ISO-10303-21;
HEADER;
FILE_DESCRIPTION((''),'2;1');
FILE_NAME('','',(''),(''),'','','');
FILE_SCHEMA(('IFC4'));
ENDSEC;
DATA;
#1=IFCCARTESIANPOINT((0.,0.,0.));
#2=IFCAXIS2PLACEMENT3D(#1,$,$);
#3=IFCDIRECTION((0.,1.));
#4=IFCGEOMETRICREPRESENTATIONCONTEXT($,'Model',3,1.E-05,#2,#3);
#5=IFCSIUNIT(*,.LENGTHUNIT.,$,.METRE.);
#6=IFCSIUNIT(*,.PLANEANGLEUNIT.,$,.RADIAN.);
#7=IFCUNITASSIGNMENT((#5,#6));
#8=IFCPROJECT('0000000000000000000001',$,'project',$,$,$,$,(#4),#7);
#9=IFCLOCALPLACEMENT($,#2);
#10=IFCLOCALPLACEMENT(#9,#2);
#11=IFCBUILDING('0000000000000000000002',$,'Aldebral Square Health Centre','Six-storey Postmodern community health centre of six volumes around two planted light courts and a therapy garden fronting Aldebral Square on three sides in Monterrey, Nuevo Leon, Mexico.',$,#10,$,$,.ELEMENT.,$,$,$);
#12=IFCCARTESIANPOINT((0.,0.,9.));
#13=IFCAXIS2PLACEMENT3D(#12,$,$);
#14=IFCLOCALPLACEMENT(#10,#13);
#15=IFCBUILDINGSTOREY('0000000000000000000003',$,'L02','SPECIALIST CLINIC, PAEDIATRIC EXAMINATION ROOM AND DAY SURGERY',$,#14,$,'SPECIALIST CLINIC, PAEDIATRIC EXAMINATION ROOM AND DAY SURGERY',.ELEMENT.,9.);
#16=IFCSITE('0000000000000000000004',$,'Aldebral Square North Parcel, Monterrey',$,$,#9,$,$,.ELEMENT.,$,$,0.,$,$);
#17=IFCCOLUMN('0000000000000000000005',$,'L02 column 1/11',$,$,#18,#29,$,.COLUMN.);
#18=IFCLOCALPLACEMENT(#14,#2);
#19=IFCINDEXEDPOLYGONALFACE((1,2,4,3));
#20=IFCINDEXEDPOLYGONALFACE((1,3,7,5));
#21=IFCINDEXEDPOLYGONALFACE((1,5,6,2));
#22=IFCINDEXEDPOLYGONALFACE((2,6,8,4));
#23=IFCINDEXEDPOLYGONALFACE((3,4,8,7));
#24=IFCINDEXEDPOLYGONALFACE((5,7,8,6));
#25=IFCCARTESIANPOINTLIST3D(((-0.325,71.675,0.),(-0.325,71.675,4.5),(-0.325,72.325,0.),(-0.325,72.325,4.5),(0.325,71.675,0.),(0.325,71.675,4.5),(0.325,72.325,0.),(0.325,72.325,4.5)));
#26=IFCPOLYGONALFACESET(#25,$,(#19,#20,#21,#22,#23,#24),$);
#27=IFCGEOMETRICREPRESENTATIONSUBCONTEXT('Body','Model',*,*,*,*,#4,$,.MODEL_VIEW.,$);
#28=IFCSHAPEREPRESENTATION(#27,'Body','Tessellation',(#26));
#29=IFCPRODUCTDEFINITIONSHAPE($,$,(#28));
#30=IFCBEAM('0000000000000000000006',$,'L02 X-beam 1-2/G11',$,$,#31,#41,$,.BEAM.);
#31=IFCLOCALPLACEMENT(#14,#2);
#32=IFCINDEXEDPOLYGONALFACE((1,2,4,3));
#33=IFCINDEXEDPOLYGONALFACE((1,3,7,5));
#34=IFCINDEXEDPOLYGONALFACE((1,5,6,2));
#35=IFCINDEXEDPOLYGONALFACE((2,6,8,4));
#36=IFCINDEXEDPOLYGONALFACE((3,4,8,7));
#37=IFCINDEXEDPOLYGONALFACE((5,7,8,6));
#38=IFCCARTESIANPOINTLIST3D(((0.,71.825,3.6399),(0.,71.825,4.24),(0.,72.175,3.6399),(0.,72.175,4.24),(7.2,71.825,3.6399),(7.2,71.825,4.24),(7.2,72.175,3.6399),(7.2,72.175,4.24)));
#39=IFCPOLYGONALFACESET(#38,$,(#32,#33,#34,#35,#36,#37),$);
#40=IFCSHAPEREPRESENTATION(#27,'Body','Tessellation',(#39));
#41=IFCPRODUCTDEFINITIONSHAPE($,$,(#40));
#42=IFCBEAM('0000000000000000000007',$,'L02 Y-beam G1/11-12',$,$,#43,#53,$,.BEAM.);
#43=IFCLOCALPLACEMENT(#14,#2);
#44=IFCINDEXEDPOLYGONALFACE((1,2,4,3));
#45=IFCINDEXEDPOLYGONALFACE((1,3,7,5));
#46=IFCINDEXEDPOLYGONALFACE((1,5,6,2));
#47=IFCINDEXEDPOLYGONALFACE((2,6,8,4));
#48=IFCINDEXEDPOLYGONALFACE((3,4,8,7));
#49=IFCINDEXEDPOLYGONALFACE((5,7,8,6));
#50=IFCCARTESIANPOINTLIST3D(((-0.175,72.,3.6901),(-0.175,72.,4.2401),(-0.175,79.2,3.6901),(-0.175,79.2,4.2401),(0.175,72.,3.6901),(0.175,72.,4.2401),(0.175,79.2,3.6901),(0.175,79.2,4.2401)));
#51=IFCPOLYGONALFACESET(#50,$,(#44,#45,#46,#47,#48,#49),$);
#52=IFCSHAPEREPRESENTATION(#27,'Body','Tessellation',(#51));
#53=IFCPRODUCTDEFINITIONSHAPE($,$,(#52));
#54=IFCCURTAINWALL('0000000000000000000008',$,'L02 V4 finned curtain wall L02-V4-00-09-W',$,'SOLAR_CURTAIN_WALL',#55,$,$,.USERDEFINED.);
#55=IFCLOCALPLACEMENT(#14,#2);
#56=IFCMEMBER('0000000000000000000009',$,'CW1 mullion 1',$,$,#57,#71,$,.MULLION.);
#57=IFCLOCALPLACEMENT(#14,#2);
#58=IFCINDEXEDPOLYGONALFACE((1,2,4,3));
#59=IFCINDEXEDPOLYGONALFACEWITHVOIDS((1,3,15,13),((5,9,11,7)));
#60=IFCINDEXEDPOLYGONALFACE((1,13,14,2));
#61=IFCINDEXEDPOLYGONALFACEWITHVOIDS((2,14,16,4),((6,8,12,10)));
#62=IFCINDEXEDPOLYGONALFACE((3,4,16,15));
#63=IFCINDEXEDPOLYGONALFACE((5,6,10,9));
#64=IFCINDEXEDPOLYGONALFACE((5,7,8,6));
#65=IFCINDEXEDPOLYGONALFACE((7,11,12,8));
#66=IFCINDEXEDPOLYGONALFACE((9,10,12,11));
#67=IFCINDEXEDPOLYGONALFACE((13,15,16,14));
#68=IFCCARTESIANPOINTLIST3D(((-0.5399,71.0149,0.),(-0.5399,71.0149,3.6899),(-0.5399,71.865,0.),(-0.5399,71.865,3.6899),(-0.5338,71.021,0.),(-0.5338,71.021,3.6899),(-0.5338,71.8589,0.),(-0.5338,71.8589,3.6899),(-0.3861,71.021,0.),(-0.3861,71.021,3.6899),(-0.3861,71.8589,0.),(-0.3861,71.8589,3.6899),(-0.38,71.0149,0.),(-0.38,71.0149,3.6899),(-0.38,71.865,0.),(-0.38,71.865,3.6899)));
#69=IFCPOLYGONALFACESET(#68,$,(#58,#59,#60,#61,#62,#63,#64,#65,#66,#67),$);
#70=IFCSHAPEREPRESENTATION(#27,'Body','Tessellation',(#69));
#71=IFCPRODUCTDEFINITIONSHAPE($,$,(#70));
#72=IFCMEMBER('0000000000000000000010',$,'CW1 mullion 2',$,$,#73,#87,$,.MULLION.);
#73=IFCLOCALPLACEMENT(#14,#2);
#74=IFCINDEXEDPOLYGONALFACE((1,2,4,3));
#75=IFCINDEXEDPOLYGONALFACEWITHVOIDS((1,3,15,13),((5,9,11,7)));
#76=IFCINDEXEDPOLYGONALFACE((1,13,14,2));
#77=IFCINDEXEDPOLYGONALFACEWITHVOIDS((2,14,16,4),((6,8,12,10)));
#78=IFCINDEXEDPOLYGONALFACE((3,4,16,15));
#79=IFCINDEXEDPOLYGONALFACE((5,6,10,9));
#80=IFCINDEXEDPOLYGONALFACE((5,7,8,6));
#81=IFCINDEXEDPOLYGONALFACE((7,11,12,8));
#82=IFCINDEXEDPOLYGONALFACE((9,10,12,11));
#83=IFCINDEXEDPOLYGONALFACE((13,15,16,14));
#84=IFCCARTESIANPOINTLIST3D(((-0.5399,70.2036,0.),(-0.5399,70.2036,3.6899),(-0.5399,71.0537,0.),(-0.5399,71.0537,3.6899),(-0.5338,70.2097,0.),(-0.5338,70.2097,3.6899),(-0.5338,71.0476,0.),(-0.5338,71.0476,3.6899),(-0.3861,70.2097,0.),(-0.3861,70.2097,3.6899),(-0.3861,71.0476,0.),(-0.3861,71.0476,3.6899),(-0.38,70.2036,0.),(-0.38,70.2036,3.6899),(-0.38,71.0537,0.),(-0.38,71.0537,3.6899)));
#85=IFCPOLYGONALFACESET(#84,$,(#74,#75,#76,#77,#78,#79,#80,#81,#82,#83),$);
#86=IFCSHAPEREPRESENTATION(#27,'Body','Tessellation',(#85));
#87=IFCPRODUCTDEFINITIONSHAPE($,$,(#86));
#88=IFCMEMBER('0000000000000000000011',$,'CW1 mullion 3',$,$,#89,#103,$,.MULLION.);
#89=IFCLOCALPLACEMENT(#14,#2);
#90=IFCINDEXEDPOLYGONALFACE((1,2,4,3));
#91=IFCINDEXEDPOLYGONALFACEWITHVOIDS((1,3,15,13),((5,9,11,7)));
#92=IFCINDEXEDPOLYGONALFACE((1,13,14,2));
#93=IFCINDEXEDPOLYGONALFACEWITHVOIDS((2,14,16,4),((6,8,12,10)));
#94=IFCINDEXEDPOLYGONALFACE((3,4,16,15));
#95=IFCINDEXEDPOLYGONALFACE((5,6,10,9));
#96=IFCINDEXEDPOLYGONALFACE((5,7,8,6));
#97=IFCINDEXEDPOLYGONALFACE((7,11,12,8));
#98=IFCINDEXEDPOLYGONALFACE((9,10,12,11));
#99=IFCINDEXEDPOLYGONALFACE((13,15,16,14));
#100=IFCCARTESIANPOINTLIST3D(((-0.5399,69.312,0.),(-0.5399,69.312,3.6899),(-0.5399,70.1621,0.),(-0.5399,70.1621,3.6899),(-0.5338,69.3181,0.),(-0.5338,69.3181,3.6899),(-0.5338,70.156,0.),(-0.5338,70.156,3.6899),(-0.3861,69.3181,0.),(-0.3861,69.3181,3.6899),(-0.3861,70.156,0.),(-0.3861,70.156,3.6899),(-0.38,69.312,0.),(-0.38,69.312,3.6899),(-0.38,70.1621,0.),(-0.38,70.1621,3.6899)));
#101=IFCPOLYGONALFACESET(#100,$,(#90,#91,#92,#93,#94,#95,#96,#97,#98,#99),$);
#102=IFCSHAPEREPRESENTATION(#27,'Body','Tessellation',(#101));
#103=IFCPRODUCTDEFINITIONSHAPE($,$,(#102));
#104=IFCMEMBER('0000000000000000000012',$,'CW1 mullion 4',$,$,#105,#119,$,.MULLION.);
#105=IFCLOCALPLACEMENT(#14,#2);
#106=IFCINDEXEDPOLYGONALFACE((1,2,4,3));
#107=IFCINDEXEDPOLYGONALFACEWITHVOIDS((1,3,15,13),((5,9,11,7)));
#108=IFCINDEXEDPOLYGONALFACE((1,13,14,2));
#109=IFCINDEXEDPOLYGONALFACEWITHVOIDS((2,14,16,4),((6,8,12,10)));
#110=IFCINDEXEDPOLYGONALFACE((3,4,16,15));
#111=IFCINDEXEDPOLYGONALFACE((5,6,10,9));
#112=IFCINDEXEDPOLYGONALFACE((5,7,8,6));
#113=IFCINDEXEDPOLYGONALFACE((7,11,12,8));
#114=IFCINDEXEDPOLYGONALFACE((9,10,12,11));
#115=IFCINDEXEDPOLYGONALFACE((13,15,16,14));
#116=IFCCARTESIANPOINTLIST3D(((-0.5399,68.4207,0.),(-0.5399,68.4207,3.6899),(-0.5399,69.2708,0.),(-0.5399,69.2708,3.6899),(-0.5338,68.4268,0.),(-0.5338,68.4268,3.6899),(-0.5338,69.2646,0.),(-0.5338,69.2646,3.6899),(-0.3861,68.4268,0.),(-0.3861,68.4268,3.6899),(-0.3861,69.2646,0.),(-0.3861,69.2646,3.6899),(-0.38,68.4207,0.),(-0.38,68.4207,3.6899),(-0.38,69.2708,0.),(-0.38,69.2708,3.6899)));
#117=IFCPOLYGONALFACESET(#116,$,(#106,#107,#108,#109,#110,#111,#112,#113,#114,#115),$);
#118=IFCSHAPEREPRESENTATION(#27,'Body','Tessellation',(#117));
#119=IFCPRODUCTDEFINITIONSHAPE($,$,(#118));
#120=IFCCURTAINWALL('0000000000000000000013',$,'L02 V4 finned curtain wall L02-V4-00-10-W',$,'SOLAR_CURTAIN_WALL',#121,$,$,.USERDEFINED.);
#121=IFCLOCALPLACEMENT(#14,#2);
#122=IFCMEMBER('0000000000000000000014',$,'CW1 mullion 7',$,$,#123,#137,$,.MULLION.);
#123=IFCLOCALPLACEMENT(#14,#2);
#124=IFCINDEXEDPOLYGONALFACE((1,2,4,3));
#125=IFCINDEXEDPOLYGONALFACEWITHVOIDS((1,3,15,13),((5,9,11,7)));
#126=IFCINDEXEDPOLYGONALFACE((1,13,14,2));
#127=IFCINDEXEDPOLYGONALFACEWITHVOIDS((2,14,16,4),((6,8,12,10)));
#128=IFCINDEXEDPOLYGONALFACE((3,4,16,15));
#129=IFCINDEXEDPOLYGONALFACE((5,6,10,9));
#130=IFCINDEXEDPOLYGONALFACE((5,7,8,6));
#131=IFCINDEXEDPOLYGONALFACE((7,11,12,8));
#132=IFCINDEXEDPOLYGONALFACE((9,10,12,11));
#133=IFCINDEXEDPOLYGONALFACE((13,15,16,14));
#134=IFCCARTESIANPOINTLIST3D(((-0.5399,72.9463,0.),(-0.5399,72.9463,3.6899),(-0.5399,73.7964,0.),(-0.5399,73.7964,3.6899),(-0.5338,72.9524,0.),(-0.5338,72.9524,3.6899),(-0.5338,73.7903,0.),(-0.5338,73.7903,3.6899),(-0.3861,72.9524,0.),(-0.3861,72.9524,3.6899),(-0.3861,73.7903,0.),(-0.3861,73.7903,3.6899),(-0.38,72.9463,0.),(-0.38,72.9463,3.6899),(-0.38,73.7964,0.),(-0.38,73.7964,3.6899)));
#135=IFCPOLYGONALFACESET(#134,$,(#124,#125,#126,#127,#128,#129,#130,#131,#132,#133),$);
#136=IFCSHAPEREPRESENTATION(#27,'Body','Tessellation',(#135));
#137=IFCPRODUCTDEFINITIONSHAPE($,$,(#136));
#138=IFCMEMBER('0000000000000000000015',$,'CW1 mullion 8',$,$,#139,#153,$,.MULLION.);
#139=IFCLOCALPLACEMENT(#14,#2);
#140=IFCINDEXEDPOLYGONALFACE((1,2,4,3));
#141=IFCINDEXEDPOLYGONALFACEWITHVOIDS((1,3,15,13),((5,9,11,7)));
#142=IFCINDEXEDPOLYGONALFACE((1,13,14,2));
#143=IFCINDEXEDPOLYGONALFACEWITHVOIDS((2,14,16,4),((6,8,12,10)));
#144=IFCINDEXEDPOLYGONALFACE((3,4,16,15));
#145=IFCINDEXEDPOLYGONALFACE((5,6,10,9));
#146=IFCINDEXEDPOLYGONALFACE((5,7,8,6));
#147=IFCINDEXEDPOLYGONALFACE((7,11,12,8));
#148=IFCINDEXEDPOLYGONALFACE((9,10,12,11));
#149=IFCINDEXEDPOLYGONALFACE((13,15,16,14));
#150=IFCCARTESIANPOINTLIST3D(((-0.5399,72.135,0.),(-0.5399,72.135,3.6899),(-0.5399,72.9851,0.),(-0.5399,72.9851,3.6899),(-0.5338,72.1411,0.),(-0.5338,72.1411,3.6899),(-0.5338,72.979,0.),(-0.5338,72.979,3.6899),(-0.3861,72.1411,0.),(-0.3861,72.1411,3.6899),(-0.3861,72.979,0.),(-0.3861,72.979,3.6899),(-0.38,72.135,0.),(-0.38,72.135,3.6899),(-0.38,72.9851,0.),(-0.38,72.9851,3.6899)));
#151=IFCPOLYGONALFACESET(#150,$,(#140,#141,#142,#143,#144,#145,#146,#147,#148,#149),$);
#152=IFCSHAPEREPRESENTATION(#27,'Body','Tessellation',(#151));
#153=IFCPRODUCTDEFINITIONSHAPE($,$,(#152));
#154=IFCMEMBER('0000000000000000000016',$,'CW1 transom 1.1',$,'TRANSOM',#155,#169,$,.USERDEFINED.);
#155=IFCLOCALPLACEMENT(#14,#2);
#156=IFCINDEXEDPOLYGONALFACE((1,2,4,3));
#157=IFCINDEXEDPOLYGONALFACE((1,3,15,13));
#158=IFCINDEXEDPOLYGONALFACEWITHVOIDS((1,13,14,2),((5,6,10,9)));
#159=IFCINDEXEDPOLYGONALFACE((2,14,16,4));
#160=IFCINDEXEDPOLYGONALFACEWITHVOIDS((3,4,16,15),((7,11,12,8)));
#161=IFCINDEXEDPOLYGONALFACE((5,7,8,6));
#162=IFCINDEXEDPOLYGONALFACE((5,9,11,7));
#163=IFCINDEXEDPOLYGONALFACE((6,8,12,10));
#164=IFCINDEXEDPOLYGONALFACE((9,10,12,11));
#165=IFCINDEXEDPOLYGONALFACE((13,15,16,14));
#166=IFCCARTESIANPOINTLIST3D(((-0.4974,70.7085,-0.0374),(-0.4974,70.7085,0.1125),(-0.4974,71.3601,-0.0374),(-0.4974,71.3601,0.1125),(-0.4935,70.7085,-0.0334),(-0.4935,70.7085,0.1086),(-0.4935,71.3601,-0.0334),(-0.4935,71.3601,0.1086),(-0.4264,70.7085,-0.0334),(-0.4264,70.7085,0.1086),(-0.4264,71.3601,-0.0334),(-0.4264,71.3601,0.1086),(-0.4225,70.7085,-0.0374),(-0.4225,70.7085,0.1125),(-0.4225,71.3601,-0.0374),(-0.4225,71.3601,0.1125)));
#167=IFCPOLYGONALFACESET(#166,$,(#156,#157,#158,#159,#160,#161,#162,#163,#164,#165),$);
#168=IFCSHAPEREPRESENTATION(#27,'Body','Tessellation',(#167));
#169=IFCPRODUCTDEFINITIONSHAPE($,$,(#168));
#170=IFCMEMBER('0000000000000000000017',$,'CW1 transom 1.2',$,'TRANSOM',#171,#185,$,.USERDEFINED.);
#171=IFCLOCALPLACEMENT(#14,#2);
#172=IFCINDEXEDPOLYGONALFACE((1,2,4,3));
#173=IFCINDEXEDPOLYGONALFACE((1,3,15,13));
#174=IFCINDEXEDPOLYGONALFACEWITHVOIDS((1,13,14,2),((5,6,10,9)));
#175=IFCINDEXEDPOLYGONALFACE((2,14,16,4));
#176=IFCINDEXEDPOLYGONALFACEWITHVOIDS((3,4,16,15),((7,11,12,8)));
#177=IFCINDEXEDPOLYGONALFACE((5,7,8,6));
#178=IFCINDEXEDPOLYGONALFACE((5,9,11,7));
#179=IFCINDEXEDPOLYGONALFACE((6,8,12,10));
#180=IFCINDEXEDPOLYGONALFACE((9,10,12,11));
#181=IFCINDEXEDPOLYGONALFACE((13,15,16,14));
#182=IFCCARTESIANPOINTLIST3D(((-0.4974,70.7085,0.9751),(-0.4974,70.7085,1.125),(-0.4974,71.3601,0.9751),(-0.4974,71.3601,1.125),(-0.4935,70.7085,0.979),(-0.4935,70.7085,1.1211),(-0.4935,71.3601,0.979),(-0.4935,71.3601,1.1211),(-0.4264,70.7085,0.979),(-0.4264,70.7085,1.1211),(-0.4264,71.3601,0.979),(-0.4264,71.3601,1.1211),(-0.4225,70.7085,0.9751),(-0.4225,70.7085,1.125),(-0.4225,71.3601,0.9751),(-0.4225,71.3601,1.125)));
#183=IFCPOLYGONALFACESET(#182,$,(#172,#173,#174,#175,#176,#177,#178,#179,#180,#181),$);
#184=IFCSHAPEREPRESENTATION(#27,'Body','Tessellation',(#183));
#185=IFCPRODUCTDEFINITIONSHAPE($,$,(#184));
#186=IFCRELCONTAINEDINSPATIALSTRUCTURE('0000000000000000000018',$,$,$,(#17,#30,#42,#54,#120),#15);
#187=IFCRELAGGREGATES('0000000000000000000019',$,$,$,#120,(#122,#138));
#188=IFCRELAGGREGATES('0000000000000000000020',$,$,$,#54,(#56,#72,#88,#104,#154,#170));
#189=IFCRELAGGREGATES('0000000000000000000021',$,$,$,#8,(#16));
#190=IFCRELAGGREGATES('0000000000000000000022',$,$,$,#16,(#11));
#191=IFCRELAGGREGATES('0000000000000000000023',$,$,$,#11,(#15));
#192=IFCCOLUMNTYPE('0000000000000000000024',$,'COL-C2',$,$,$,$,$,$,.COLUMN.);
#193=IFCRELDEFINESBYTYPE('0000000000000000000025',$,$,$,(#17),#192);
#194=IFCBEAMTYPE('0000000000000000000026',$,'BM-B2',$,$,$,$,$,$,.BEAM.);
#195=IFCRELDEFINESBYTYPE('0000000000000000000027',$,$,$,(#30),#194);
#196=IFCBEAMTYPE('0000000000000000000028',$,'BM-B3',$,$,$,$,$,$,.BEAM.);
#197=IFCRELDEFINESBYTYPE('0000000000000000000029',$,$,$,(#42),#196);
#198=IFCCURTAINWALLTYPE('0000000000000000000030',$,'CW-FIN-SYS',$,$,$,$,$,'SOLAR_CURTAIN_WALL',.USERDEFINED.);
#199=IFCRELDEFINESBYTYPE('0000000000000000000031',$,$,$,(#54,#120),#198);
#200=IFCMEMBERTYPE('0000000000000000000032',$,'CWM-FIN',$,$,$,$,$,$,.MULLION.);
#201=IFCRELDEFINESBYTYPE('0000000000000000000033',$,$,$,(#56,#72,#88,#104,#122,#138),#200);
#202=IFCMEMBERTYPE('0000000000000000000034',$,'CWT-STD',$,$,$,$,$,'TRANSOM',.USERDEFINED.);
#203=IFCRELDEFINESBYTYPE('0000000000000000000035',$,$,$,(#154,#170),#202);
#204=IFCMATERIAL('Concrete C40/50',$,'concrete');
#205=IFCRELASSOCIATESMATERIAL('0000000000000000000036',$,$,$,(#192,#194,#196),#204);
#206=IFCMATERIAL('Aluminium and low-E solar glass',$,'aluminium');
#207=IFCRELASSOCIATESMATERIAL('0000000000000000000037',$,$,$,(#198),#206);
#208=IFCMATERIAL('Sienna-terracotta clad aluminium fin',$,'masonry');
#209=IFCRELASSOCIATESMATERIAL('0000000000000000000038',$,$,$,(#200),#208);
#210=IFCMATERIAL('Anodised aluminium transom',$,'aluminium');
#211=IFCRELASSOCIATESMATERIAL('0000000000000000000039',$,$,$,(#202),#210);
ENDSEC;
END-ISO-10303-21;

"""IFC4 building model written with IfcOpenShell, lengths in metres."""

from ifc_helpers import new_model, si_unit, direction, frame, origin, origin_2d, place, context, subcontext, project, spatial, rectangle, hollow_rectangle, extrude, material, material_profile, profile_set, type_object, element, aggregate, save


model = new_model("IFC4")

# Units and contexts
model_context = context("Model", 3, precision=1e-05, world=origin(), true_north=direction((0.0, 1.0)))
body_context = subcontext(model_context, "Body", "Model", "MODEL_VIEW")
ifc_project = project(units=[si_unit("LENGTHUNIT", "METRE"), si_unit("PLANEANGLEUNIT", "RADIAN")], contexts=[model_context])

# Site, building, storey
site_placement = place(None, origin())
site = spatial("IfcSite", under=ifc_project, at=site_placement, Name="Aldebral Square North Parcel, Monterrey", CompositionType="ELEMENT", RefElevation=0.0)
building_placement = place(site_placement, origin())
building = spatial("IfcBuilding", under=site, at=building_placement, Name="Aldebral Square Health Centre", Description="Six-storey Postmodern community health centre of six volumes around two planted light courts and a therapy garden fronting Aldebral Square on three sides in Monterrey, Nuevo Leon, Mexico.", CompositionType="ELEMENT")
storey_placement = place(building_placement, frame((0.0, 0.0, 9.0)))
storey = spatial("IfcBuildingStorey", under=building, at=storey_placement, Name="L02", Description="SPECIALIST CLINIC, PAEDIATRIC EXAMINATION ROOM AND DAY SURGERY", LongName="SPECIALIST CLINIC, PAEDIATRIC EXAMINATION ROOM AND DAY SURGERY", CompositionType="ELEMENT", Elevation=9.0)

# Column
ifc_material_1 = material(Name="Concrete C40/50", Category="concrete")
ifc_material_profile_1 = material_profile(ifc_material_1, rectangle(XDim=0.6499, YDim=0.6499, at=origin_2d()), Name="RC 650x650")
ifc_profile_set_1 = profile_set([ifc_material_profile_1], Name="Concrete C40/50")
column_type = type_object("IfcColumnType", Name="COL-C2", PredefinedType="COLUMN", material=ifc_profile_set_1)
column_placement = place(storey_placement, frame((0.0, 72.0, 0.0), z_axis=(0.0, 0.0, 1.0), x_axis=(1.0, 0.0, 0.0)))
element("IfcColumn", 1, at=column_placement, inside=storey, type_object=column_type, Name="L02 column 1/11", PredefinedType="COLUMN", context=body_context, shape_type="SweptSolid", body=[
    extrude(rectangle(XDim=0.6499, YDim=0.6499, at=origin_2d()), origin(), (0.0, 0.0, 1.0), 4.5),
])

# Beams
ifc_material_profile_2 = material_profile(ifc_material_1, rectangle(XDim=0.3501, YDim=0.6001, at=origin_2d()), Name="RC 350x600")
ifc_profile_set_2 = profile_set([ifc_material_profile_2], Name="Concrete C40/50")
beam_type_1 = type_object("IfcBeamType", Name="BM-B2", PredefinedType="BEAM", material=ifc_profile_set_2)
beam_1_placement = place(storey_placement, frame((0.0, 72.0, 3.9399), z_axis=(1.0, 0.0, 0.0), x_axis=(0.0, 1.0, 0.0)))
element("IfcBeam", 2, at=beam_1_placement, inside=storey, type_object=beam_type_1, Name="L02 X-beam 1-2/G11", PredefinedType="BEAM", context=body_context, shape_type="SweptSolid", body=[
    extrude(rectangle(XDim=0.3501, YDim=0.6001, at=origin_2d()), origin(), (0.0, 0.0, 1.0), 7.2),
])
ifc_material_profile_3 = material_profile(ifc_material_1, rectangle(XDim=0.3501, YDim=0.55, at=origin_2d()), Name="RC 350x550")
ifc_profile_set_3 = profile_set([ifc_material_profile_3], Name="Concrete C40/50")
beam_type_2 = type_object("IfcBeamType", Name="BM-B3", PredefinedType="BEAM", material=ifc_profile_set_3)
beam_2_placement = place(storey_placement, frame((0.0, 72.0, 3.9651), z_axis=(0.0, 1.0, 0.0), x_axis=(-1.0, 0.0, 0.0)))
element("IfcBeam", 3, at=beam_2_placement, inside=storey, type_object=beam_type_2, Name="L02 Y-beam G1/11-12", PredefinedType="BEAM", context=body_context, shape_type="SweptSolid", body=[
    extrude(rectangle(XDim=0.3501, YDim=0.55, at=origin_2d()), origin(), (0.0, 0.0, 1.0), 7.2),
])

# Curtain walls, members
ifc_material_2 = material(Name="Aluminium and low-E solar glass", Category="aluminium")
curtain_wall_type = type_object("IfcCurtainWallType", Name="CW-FIN-SYS", ElementType="SOLAR_CURTAIN_WALL", PredefinedType="USERDEFINED", material=ifc_material_2)
curtain_wall_1_placement = place(storey_placement, origin())
curtain_wall_1 = element("IfcCurtainWall", 4, at=curtain_wall_1_placement, inside=storey, type_object=curtain_wall_type, Name="L02 V4 finned curtain wall L02-V4-00-09-W", ObjectType="SOLAR_CURTAIN_WALL", PredefinedType="USERDEFINED")
ifc_material_3 = material(Name="Sienna-terracotta clad aluminium fin", Category="masonry")
ifc_material_profile_4 = material_profile(ifc_material_3, hollow_rectangle(XDim=0.1599, YDim=0.8501, WallThickness=0.0061, at=origin_2d()), Name="FIN 160x850x6")
ifc_profile_set_4 = profile_set([ifc_material_profile_4], Name="Sienna-terracotta clad aluminium fin")
member_type_1 = type_object("IfcMemberType", Name="CWM-FIN", PredefinedType="MULLION", material=ifc_profile_set_4)
member_1_placement = place(storey_placement, frame((-0.46, 71.4399, 0.0), z_axis=(0.0, 0.0, 1.0), x_axis=(1.0, 0.0, 0.0)))
member_1 = element("IfcMember", 5, at=member_1_placement, type_object=member_type_1, Name="CW1 mullion 1", PredefinedType="MULLION", context=body_context, shape_type="SweptSolid", body=[
    extrude(hollow_rectangle(XDim=0.1599, YDim=0.8501, WallThickness=0.0061, at=origin_2d()), origin(), (0.0, 0.0, 1.0), 3.6899),
])
member_2_placement = place(storey_placement, frame((-0.46, 70.6287, 0.0), z_axis=(0.0, 0.0, 1.0), x_axis=(1.0, 0.0, 0.0)))
member_2 = element("IfcMember", 6, at=member_2_placement, type_object=member_type_1, Name="CW1 mullion 2", PredefinedType="MULLION", context=body_context, shape_type="SweptSolid", body=[
    extrude(hollow_rectangle(XDim=0.1599, YDim=0.8501, WallThickness=0.0061, at=origin_2d()), origin(), (0.0, 0.0, 1.0), 3.6899),
])
member_3_placement = place(storey_placement, frame((-0.46, 69.7371, 0.0), z_axis=(0.0, 0.0, 1.0), x_axis=(1.0, 0.0, 0.0)))
member_3 = element("IfcMember", 7, at=member_3_placement, type_object=member_type_1, Name="CW1 mullion 3", PredefinedType="MULLION", context=body_context, shape_type="SweptSolid", body=[
    extrude(hollow_rectangle(XDim=0.1599, YDim=0.8501, WallThickness=0.0061, at=origin_2d()), origin(), (0.0, 0.0, 1.0), 3.6899),
])
member_4_placement = place(storey_placement, frame((-0.46, 68.8457, 0.0), z_axis=(0.0, 0.0, 1.0), x_axis=(1.0, 0.0, 0.0)))
member_4 = element("IfcMember", 8, at=member_4_placement, type_object=member_type_1, Name="CW1 mullion 4", PredefinedType="MULLION", context=body_context, shape_type="SweptSolid", body=[
    extrude(hollow_rectangle(XDim=0.1599, YDim=0.8501, WallThickness=0.0061, at=origin_2d()), origin(), (0.0, 0.0, 1.0), 3.6899),
])
curtain_wall_2_placement = place(storey_placement, origin())
curtain_wall_2 = element("IfcCurtainWall", 9, at=curtain_wall_2_placement, inside=storey, type_object=curtain_wall_type, Name="L02 V4 finned curtain wall L02-V4-00-10-W", ObjectType="SOLAR_CURTAIN_WALL", PredefinedType="USERDEFINED")
member_5_placement = place(storey_placement, frame((-0.46, 73.3713, 0.0), z_axis=(0.0, 0.0, 1.0), x_axis=(1.0, 0.0, 0.0)))
member_5 = element("IfcMember", 10, at=member_5_placement, type_object=member_type_1, Name="CW1 mullion 7", PredefinedType="MULLION", context=body_context, shape_type="SweptSolid", body=[
    extrude(hollow_rectangle(XDim=0.1599, YDim=0.8501, WallThickness=0.0061, at=origin_2d()), origin(), (0.0, 0.0, 1.0), 3.6899),
])
member_6_placement = place(storey_placement, frame((-0.46, 72.5601, 0.0), z_axis=(0.0, 0.0, 1.0), x_axis=(1.0, 0.0, 0.0)))
member_6 = element("IfcMember", 11, at=member_6_placement, type_object=member_type_1, Name="CW1 mullion 8", PredefinedType="MULLION", context=body_context, shape_type="SweptSolid", body=[
    extrude(hollow_rectangle(XDim=0.1599, YDim=0.8501, WallThickness=0.0061, at=origin_2d()), origin(), (0.0, 0.0, 1.0), 3.6899),
])

# Members
ifc_material_4 = material(Name="Anodised aluminium transom", Category="aluminium")
ifc_material_profile_5 = material_profile(ifc_material_4, hollow_rectangle(XDim=0.075, YDim=0.1499, WallThickness=0.0039, at=origin_2d()), Name="CWT 75x150x4")
ifc_profile_set_5 = profile_set([ifc_material_profile_5], Name="Anodised aluminium transom")
member_type_2 = type_object("IfcMemberType", Name="CWT-STD", ElementType="TRANSOM", PredefinedType="USERDEFINED", material=ifc_profile_set_5)
member_7_placement = place(storey_placement, frame((-0.46, 71.3601, 0.0376), z_axis=(0.0, -1.0, 0.0), x_axis=(1.0, 0.0, 0.0)))
member_7 = element("IfcMember", 12, at=member_7_placement, type_object=member_type_2, Name="CW1 transom 1.1", ObjectType="TRANSOM", PredefinedType="USERDEFINED", context=body_context, shape_type="SweptSolid", body=[
    extrude(hollow_rectangle(XDim=0.075, YDim=0.1499, WallThickness=0.0039, at=origin_2d()), origin(), (0.0, 0.0, 1.0), 0.6516),
])
member_8_placement = place(storey_placement, frame((-0.46, 71.3601, 1.05), z_axis=(0.0, -1.0, 0.0), x_axis=(1.0, 0.0, 0.0)))
member_8 = element("IfcMember", 13, at=member_8_placement, type_object=member_type_2, Name="CW1 transom 1.2", ObjectType="TRANSOM", PredefinedType="USERDEFINED", context=body_context, shape_type="SweptSolid", body=[
    extrude(hollow_rectangle(XDim=0.075, YDim=0.1499, WallThickness=0.0039, at=origin_2d()), origin(), (0.0, 0.0, 1.0), 0.6516),
])

aggregate(curtain_wall_2, [member_5, member_6])
aggregate(curtain_wall_1, [member_1, member_2, member_3, member_4, member_7, member_8])

save(model, "model.ifc")
